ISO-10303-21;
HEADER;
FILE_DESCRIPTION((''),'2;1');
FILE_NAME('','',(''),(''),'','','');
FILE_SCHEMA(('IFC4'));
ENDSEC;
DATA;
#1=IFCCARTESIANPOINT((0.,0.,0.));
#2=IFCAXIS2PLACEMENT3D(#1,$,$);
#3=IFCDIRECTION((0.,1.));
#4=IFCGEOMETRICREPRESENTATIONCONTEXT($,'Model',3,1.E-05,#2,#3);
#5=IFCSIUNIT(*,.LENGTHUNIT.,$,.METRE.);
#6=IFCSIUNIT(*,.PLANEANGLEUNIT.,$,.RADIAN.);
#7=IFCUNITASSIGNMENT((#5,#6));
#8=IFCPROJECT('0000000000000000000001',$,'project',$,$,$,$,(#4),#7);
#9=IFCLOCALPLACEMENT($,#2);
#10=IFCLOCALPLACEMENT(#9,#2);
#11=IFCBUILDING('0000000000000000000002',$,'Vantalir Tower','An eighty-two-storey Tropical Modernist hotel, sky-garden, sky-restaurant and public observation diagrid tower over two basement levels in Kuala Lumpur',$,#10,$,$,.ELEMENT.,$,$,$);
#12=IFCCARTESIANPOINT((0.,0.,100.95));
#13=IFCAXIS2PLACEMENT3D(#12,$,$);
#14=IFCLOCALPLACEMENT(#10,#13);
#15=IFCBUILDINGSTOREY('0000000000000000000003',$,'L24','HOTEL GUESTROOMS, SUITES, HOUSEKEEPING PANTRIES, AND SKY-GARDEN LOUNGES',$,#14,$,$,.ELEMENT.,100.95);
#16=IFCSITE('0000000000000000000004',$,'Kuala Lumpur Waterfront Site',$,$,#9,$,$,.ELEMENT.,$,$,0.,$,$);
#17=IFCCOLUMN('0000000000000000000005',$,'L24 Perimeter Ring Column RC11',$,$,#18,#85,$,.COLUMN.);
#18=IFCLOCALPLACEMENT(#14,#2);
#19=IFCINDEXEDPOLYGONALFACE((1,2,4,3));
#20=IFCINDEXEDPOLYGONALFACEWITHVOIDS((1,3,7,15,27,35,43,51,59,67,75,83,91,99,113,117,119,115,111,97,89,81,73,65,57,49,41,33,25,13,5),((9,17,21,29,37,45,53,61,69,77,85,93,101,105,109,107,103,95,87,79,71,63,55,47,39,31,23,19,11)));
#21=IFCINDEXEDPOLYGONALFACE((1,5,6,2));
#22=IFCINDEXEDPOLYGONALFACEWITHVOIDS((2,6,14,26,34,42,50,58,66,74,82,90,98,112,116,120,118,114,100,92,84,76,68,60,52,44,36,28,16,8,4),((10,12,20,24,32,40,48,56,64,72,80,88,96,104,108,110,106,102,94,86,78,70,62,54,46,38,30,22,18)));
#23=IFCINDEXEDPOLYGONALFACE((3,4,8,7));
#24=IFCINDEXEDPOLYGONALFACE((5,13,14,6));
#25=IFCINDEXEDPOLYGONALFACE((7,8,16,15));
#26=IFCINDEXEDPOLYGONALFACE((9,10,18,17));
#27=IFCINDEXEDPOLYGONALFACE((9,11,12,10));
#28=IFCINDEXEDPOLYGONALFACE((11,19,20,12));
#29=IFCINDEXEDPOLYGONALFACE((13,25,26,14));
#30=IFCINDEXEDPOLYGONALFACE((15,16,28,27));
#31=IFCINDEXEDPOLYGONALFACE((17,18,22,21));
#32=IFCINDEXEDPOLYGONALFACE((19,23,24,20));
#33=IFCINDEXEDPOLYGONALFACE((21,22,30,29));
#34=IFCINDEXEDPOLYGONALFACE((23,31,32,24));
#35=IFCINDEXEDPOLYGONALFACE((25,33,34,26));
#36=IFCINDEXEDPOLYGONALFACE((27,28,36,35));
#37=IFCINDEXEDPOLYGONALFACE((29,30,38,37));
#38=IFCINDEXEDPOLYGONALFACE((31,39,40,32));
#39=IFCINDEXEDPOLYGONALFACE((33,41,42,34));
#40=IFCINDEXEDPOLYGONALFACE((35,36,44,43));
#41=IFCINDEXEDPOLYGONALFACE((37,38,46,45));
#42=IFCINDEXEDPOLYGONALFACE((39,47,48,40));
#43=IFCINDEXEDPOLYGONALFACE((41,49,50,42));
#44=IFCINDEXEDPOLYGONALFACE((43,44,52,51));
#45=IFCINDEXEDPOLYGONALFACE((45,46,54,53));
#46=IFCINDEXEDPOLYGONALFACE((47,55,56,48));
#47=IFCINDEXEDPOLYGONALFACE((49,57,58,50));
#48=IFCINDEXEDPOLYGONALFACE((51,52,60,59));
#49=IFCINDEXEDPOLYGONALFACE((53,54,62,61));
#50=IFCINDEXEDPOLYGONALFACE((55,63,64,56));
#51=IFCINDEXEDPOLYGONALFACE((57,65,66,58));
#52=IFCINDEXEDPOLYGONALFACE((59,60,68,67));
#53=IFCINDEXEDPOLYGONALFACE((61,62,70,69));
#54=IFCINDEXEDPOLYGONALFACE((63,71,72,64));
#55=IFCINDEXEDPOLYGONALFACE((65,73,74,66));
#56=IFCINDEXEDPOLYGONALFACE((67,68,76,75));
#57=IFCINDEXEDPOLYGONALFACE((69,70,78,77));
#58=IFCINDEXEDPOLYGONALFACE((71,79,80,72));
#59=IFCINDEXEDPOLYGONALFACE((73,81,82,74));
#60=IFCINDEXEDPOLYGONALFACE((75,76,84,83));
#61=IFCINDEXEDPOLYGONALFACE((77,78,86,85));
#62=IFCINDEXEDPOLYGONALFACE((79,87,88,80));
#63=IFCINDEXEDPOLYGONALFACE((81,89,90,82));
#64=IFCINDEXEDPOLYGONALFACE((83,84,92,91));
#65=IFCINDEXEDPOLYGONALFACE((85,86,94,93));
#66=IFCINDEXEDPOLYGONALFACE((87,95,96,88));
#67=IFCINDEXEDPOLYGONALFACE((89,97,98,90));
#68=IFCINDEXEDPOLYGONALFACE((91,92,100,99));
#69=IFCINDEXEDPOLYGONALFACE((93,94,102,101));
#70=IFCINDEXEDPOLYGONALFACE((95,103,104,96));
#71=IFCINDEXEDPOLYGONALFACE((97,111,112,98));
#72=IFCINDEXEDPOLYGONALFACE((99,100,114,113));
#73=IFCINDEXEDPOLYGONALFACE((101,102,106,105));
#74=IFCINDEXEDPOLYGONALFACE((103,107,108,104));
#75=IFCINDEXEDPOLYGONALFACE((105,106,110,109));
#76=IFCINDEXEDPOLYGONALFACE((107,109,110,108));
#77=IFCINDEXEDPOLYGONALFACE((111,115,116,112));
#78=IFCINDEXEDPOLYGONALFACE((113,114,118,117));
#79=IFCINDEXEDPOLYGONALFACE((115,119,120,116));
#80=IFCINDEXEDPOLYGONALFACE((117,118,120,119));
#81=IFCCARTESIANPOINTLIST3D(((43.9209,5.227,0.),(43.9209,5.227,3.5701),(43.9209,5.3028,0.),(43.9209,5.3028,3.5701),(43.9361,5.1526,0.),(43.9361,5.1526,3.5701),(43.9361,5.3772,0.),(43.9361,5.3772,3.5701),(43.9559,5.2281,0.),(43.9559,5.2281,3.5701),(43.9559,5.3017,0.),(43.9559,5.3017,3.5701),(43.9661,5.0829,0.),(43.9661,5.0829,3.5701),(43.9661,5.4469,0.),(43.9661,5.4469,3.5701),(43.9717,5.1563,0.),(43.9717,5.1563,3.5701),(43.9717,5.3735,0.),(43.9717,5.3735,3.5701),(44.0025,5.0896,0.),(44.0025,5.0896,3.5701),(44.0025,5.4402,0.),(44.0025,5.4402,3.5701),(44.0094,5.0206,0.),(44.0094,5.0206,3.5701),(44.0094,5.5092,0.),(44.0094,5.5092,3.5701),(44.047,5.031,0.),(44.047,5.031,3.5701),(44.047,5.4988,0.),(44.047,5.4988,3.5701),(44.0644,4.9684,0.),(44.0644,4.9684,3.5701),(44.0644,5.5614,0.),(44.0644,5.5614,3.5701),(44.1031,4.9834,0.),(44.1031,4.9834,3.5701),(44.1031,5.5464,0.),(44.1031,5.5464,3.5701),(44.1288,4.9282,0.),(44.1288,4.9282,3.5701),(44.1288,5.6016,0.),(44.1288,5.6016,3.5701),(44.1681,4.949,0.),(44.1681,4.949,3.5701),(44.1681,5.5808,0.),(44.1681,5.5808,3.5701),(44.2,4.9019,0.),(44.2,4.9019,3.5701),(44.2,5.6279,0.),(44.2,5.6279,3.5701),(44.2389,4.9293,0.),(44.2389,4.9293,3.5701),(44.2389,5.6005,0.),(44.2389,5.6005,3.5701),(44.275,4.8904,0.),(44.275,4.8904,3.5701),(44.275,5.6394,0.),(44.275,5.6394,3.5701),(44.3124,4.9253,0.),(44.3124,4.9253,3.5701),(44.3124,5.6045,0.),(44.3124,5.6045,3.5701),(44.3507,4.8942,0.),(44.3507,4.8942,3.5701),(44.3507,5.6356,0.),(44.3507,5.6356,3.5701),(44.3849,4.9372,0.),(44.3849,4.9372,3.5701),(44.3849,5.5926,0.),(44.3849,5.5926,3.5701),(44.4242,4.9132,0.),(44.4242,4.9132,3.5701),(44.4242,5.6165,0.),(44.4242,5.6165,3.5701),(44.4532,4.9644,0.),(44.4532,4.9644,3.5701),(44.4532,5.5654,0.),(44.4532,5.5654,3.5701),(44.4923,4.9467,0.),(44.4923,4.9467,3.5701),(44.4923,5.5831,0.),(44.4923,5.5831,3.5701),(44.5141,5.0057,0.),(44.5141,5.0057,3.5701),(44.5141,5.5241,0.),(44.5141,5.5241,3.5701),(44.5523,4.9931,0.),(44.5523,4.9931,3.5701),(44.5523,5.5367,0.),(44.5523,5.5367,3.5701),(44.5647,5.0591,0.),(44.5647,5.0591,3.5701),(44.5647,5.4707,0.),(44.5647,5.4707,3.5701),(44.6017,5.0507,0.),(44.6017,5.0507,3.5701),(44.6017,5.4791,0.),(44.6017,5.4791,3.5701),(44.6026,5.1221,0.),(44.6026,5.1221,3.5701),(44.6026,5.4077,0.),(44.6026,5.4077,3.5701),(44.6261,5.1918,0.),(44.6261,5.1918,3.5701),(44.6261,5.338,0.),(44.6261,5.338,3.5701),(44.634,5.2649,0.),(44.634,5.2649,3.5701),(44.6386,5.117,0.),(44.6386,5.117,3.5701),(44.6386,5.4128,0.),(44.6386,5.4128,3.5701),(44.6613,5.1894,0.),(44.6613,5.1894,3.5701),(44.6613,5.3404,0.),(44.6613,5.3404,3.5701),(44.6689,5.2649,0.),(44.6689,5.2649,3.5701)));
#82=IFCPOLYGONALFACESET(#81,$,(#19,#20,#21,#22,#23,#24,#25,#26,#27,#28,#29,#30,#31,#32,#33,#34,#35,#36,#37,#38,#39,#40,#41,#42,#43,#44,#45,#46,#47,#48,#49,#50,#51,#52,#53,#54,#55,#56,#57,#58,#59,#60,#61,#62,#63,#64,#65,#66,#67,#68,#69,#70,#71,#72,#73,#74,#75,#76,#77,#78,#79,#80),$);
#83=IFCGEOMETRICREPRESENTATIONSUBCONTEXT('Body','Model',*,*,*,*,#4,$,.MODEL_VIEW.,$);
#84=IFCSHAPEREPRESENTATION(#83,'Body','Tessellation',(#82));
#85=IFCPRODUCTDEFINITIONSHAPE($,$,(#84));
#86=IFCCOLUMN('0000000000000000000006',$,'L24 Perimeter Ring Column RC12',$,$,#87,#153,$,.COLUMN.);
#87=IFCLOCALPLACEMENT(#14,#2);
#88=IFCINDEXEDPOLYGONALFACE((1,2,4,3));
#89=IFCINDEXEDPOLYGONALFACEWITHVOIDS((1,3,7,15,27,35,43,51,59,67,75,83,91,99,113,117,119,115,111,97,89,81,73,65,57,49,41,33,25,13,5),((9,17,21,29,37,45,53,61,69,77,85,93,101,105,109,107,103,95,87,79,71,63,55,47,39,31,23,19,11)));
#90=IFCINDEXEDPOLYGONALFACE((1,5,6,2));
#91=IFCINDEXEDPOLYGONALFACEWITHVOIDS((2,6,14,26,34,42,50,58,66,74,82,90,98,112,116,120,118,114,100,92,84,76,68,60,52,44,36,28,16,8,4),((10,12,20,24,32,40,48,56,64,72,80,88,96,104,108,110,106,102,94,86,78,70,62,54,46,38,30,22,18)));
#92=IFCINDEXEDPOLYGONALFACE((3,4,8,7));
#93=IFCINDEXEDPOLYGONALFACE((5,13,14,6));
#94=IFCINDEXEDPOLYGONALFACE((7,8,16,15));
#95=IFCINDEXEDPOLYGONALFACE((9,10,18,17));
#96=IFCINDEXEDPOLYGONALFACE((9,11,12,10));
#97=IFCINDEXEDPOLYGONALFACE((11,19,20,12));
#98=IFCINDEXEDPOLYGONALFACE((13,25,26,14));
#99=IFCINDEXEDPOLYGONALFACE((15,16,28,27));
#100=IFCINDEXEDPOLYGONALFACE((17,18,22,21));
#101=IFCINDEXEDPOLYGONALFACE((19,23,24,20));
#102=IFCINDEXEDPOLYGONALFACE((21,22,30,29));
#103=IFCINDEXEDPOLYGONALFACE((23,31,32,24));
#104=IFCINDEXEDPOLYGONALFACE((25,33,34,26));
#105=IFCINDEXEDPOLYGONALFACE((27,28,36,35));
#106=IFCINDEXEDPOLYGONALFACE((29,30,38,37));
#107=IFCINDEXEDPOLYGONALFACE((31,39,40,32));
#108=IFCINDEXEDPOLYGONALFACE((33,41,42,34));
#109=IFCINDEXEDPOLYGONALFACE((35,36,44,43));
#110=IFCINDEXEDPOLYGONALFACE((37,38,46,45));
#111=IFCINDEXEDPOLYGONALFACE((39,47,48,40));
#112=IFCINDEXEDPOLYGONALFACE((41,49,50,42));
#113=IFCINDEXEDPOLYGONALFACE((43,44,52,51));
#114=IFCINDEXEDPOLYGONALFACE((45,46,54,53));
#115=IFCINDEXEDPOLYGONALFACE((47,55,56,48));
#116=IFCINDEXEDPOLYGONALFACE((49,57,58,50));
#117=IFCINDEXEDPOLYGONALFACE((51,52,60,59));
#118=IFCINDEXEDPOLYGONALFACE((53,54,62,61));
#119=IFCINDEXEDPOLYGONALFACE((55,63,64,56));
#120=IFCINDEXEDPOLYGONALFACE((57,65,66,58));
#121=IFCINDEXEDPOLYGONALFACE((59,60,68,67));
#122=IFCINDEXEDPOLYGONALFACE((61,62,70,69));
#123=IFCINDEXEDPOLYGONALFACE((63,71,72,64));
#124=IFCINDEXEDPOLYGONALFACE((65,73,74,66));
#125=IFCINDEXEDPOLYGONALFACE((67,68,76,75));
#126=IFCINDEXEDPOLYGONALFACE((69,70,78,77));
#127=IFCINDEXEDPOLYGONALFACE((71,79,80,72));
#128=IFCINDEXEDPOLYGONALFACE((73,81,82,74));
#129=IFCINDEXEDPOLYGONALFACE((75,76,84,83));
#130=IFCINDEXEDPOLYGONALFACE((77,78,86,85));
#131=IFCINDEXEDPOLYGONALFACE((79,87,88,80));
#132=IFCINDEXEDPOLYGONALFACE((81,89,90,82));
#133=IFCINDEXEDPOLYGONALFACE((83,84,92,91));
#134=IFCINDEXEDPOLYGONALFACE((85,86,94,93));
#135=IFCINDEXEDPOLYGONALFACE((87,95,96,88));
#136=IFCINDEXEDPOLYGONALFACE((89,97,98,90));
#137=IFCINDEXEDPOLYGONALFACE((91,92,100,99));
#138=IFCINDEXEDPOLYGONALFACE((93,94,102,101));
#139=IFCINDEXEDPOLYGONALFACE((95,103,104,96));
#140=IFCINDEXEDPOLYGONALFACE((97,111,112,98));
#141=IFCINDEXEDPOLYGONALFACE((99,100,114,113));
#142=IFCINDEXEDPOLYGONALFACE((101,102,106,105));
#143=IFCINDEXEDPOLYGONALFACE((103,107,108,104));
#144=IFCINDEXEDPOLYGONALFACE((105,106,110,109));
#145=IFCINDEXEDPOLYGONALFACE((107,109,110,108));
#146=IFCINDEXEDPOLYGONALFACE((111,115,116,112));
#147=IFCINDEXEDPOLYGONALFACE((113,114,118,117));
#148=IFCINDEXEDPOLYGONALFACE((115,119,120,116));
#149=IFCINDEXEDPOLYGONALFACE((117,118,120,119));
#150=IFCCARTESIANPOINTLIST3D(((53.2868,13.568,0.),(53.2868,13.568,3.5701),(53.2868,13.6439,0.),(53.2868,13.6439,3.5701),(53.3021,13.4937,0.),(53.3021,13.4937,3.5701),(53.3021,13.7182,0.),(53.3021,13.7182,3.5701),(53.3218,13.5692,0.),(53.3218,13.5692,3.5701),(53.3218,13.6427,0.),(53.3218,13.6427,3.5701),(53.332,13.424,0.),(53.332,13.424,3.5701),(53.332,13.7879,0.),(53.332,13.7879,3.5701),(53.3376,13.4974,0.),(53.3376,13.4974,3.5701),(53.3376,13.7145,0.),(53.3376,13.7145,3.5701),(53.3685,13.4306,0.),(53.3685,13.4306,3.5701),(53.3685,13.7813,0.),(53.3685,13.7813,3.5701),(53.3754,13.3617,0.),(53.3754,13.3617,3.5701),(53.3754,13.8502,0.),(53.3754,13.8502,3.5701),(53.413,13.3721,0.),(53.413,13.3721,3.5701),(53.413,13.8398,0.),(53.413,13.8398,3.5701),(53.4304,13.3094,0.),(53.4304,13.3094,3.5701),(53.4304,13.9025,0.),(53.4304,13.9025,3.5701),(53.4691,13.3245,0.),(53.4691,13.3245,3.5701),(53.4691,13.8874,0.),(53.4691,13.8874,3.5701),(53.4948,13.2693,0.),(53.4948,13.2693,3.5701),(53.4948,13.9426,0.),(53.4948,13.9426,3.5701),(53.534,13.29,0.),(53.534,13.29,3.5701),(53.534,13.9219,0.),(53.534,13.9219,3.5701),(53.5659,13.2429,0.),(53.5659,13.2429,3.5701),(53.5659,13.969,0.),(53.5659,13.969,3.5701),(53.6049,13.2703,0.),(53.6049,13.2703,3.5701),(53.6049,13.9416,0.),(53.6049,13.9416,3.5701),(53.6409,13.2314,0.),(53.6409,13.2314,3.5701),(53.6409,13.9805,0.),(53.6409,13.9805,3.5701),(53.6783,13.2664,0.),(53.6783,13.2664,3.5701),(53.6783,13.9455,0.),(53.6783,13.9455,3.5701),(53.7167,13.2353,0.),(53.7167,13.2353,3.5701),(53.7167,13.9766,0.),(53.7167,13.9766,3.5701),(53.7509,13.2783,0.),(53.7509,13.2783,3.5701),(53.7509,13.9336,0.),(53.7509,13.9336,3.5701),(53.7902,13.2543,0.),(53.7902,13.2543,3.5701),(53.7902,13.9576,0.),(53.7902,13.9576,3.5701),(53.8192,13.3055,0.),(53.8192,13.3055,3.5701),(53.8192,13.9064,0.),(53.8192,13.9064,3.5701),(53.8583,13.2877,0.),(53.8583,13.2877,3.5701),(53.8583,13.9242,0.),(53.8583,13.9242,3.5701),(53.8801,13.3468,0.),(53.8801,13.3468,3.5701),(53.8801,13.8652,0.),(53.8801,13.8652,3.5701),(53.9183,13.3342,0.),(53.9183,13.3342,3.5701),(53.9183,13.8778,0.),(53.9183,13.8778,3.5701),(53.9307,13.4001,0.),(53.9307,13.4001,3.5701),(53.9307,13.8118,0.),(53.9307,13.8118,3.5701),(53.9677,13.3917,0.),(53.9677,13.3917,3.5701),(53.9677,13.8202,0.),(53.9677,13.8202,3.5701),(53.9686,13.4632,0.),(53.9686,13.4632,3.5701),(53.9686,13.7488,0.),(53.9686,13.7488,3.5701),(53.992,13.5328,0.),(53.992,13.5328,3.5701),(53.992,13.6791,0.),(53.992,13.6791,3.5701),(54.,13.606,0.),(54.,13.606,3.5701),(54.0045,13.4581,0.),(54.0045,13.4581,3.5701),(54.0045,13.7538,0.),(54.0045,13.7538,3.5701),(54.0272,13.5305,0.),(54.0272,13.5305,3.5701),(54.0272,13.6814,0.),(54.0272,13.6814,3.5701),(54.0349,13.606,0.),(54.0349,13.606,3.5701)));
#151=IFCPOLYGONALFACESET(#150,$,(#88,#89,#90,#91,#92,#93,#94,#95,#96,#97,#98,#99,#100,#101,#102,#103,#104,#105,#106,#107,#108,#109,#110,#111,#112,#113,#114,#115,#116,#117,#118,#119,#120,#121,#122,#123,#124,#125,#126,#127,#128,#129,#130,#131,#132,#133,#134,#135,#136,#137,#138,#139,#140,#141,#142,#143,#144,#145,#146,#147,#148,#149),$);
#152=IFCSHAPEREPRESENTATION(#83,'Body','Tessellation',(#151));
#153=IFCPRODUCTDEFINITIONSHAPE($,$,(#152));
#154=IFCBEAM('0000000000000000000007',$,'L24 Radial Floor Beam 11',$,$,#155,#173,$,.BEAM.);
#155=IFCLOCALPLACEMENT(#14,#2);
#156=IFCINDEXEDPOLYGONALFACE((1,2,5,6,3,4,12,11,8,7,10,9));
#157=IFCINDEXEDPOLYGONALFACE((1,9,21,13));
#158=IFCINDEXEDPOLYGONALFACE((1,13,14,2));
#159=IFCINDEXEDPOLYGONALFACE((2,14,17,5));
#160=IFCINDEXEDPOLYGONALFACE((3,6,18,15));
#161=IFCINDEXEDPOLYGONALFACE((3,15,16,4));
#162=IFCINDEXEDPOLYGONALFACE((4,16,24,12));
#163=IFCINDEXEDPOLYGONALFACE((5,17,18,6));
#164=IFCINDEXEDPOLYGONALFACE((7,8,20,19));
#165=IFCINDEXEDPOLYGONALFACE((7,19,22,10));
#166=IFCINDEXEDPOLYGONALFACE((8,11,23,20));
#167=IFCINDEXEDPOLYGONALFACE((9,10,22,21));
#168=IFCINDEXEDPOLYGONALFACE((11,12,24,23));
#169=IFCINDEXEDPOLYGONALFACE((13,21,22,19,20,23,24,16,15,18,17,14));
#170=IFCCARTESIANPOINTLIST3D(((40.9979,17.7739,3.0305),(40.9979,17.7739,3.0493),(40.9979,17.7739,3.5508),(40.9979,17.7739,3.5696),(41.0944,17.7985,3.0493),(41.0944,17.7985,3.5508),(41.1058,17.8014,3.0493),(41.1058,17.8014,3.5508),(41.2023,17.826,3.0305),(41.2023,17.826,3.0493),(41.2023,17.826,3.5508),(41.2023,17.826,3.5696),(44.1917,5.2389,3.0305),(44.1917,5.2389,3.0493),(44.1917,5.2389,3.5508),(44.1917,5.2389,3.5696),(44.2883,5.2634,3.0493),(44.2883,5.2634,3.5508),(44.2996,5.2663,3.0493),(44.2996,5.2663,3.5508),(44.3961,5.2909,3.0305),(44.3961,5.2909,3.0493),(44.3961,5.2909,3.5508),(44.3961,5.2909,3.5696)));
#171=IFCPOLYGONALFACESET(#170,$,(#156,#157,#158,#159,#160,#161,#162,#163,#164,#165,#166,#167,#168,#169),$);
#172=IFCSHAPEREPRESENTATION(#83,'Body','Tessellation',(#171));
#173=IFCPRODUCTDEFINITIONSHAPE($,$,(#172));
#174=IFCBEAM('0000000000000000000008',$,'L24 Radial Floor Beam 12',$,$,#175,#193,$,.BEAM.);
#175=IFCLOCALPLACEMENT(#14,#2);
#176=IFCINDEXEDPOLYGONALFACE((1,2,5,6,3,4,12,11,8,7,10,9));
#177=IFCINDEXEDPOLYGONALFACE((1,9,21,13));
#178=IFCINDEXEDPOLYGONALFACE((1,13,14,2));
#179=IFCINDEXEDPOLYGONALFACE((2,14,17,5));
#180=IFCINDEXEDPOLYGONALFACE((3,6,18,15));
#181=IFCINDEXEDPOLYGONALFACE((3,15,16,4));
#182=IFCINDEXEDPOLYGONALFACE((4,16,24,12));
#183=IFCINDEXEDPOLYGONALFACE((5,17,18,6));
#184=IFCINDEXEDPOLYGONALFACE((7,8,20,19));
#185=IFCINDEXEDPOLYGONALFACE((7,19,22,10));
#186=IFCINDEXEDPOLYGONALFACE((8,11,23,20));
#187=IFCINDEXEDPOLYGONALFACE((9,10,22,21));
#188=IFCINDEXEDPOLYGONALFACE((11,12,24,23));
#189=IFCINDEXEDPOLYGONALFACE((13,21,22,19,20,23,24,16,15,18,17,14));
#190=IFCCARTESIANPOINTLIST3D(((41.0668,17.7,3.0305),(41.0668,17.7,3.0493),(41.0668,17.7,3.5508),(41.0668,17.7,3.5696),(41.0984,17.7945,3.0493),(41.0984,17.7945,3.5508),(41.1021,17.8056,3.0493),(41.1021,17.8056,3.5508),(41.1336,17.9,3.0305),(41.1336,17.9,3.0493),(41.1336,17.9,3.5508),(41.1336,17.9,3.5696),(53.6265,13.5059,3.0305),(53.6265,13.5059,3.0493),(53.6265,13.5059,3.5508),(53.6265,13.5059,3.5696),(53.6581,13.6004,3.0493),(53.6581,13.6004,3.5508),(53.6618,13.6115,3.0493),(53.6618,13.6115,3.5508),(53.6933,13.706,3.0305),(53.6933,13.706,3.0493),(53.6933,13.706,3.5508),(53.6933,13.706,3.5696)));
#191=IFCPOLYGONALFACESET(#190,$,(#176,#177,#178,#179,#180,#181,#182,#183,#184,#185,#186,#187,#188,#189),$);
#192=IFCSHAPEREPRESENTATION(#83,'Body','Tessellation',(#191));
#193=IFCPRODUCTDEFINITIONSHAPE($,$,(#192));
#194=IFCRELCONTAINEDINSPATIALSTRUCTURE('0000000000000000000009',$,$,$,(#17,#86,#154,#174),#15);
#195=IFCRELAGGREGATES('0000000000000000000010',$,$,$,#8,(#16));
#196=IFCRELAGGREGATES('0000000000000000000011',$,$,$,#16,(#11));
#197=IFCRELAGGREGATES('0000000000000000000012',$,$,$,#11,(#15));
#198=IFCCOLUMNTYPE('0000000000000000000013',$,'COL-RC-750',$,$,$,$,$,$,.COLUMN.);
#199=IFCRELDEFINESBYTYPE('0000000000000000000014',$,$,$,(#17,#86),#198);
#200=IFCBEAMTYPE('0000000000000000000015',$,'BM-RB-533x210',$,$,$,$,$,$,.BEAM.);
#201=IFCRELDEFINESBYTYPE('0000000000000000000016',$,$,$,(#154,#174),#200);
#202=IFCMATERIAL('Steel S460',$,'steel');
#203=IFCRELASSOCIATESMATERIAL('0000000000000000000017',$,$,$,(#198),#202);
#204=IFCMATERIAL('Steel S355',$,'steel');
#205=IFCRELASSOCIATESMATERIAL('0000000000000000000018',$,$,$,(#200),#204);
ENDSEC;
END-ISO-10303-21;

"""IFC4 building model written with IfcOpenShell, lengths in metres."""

from ifc_helpers import new_model, si_unit, direction, frame, origin, origin_2d, place, context, subcontext, project, spatial, hollow_circle, i_section, extrude, material, material_profile, profile_set, type_object, element, save


model = new_model("IFC4")

# Units and contexts
model_context = context("Model", 3, precision=1e-05, world=origin(), true_north=direction((0.0, 1.0)))
body_context = subcontext(model_context, "Body", "Model", "MODEL_VIEW")
ifc_project = project(units=[si_unit("LENGTHUNIT", "METRE"), si_unit("PLANEANGLEUNIT", "RADIAN")], contexts=[model_context])

# Site, building, storey
site_placement = place(None, origin())
site = spatial("IfcSite", under=ifc_project, at=site_placement, Name="Kuala Lumpur Waterfront Site", CompositionType="ELEMENT", RefElevation=0.0)
building_placement = place(site_placement, origin())
building = spatial("IfcBuilding", under=site, at=building_placement, Name="Vantalir Tower", Description="An eighty-two-storey Tropical Modernist hotel, sky-garden, sky-restaurant and public observation diagrid tower over two basement levels in Kuala Lumpur", CompositionType="ELEMENT")
storey_placement = place(building_placement, frame((0.0, 0.0, 100.95)))
storey = spatial("IfcBuildingStorey", under=building, at=storey_placement, Name="L24", Description="HOTEL GUESTROOMS, SUITES, HOUSEKEEPING PANTRIES, AND SKY-GARDEN LOUNGES", CompositionType="ELEMENT", Elevation=100.95)

# Columns
ifc_material_1 = material(Name="Steel S460", Category="steel")
ifc_material_profile_1 = material_profile(ifc_material_1, hollow_circle(Radius=0.375, WallThickness=0.0349, at=origin_2d()), Name="Steel S460")
ifc_profile_set_1 = profile_set([ifc_material_profile_1], Name="Steel S460")
column_type = type_object("IfcColumnType", Name="COL-RC-750", PredefinedType="COLUMN", material=ifc_profile_set_1)
for number, where, z_axis, x_axis, name in (
    (1, (44.2939, 5.2649, 0.0), (0.0, 0.0, 1.0), (1.0, 0.0, 0.0), "L24 Perimeter Ring Column RC11"),
    (2, (53.6599, 13.606, 0.0), (0.0, 0.0, 1.0), (1.0, 0.0, 0.0), "L24 Perimeter Ring Column RC12"),
):
    element("IfcColumn", number, at=place(storey_placement, frame(where, z_axis=z_axis, x_axis=x_axis)), inside=storey, type_object=column_type, Name=name, PredefinedType="COLUMN", context=body_context, shape_type="SweptSolid", body=[
        extrude(hollow_circle(Radius=0.375, WallThickness=0.0349, at=origin_2d()), origin(), (0.0, 0.0, 1.0), 3.5701),
    ])

# Beams
ifc_material_2 = material(Name="Steel S355", Category="steel")
ifc_material_profile_2 = material_profile(ifc_material_2, i_section(OverallWidth=0.2109, OverallDepth=0.5391, WebThickness=0.0117, FlangeThickness=0.0188, at=origin_2d()), Name="Steel S355")
ifc_profile_set_2 = profile_set([ifc_material_profile_2], Name="Steel S355")
beam_type_1 = type_object("IfcBeamType", Name="BM-RB-533x210", PredefinedType="BEAM", material=ifc_profile_set_2)
beam_1_placement = place(storey_placement, frame((44.2939, 5.2649, 3.3), z_axis=(-0.246903, 0.96904, 0.0), x_axis=(-0.96904, -0.246903, 0.0)))
element("IfcBeam", 3, at=beam_1_placement, inside=storey, type_object=beam_type_1, Name="L24 Radial Floor Beam 11", PredefinedType="BEAM", context=body_context, shape_type="SweptSolid", body=[
    extrude(i_section(OverallWidth=0.2109, OverallDepth=0.5391, WebThickness=0.0117, FlangeThickness=0.0188, at=origin_2d()), origin(), (0.0, 0.0, 1.0), 12.9355),
])
beam_2_placement = place(storey_placement, frame((53.6599, 13.606, 3.3), z_axis=(-0.948514, 0.316737, 0.0), x_axis=(-0.316737, -0.948514, 0.0)))
element("IfcBeam", 4, at=beam_2_placement, inside=storey, type_object=beam_type_1, Name="L24 Radial Floor Beam 12", PredefinedType="BEAM", context=body_context, shape_type="SweptSolid", body=[
    extrude(i_section(OverallWidth=0.2109, OverallDepth=0.5391, WebThickness=0.0117, FlangeThickness=0.0188, at=origin_2d()), origin(), (0.0, 0.0, 1.0), 13.2415),
])

save(model, "model.ifc")
